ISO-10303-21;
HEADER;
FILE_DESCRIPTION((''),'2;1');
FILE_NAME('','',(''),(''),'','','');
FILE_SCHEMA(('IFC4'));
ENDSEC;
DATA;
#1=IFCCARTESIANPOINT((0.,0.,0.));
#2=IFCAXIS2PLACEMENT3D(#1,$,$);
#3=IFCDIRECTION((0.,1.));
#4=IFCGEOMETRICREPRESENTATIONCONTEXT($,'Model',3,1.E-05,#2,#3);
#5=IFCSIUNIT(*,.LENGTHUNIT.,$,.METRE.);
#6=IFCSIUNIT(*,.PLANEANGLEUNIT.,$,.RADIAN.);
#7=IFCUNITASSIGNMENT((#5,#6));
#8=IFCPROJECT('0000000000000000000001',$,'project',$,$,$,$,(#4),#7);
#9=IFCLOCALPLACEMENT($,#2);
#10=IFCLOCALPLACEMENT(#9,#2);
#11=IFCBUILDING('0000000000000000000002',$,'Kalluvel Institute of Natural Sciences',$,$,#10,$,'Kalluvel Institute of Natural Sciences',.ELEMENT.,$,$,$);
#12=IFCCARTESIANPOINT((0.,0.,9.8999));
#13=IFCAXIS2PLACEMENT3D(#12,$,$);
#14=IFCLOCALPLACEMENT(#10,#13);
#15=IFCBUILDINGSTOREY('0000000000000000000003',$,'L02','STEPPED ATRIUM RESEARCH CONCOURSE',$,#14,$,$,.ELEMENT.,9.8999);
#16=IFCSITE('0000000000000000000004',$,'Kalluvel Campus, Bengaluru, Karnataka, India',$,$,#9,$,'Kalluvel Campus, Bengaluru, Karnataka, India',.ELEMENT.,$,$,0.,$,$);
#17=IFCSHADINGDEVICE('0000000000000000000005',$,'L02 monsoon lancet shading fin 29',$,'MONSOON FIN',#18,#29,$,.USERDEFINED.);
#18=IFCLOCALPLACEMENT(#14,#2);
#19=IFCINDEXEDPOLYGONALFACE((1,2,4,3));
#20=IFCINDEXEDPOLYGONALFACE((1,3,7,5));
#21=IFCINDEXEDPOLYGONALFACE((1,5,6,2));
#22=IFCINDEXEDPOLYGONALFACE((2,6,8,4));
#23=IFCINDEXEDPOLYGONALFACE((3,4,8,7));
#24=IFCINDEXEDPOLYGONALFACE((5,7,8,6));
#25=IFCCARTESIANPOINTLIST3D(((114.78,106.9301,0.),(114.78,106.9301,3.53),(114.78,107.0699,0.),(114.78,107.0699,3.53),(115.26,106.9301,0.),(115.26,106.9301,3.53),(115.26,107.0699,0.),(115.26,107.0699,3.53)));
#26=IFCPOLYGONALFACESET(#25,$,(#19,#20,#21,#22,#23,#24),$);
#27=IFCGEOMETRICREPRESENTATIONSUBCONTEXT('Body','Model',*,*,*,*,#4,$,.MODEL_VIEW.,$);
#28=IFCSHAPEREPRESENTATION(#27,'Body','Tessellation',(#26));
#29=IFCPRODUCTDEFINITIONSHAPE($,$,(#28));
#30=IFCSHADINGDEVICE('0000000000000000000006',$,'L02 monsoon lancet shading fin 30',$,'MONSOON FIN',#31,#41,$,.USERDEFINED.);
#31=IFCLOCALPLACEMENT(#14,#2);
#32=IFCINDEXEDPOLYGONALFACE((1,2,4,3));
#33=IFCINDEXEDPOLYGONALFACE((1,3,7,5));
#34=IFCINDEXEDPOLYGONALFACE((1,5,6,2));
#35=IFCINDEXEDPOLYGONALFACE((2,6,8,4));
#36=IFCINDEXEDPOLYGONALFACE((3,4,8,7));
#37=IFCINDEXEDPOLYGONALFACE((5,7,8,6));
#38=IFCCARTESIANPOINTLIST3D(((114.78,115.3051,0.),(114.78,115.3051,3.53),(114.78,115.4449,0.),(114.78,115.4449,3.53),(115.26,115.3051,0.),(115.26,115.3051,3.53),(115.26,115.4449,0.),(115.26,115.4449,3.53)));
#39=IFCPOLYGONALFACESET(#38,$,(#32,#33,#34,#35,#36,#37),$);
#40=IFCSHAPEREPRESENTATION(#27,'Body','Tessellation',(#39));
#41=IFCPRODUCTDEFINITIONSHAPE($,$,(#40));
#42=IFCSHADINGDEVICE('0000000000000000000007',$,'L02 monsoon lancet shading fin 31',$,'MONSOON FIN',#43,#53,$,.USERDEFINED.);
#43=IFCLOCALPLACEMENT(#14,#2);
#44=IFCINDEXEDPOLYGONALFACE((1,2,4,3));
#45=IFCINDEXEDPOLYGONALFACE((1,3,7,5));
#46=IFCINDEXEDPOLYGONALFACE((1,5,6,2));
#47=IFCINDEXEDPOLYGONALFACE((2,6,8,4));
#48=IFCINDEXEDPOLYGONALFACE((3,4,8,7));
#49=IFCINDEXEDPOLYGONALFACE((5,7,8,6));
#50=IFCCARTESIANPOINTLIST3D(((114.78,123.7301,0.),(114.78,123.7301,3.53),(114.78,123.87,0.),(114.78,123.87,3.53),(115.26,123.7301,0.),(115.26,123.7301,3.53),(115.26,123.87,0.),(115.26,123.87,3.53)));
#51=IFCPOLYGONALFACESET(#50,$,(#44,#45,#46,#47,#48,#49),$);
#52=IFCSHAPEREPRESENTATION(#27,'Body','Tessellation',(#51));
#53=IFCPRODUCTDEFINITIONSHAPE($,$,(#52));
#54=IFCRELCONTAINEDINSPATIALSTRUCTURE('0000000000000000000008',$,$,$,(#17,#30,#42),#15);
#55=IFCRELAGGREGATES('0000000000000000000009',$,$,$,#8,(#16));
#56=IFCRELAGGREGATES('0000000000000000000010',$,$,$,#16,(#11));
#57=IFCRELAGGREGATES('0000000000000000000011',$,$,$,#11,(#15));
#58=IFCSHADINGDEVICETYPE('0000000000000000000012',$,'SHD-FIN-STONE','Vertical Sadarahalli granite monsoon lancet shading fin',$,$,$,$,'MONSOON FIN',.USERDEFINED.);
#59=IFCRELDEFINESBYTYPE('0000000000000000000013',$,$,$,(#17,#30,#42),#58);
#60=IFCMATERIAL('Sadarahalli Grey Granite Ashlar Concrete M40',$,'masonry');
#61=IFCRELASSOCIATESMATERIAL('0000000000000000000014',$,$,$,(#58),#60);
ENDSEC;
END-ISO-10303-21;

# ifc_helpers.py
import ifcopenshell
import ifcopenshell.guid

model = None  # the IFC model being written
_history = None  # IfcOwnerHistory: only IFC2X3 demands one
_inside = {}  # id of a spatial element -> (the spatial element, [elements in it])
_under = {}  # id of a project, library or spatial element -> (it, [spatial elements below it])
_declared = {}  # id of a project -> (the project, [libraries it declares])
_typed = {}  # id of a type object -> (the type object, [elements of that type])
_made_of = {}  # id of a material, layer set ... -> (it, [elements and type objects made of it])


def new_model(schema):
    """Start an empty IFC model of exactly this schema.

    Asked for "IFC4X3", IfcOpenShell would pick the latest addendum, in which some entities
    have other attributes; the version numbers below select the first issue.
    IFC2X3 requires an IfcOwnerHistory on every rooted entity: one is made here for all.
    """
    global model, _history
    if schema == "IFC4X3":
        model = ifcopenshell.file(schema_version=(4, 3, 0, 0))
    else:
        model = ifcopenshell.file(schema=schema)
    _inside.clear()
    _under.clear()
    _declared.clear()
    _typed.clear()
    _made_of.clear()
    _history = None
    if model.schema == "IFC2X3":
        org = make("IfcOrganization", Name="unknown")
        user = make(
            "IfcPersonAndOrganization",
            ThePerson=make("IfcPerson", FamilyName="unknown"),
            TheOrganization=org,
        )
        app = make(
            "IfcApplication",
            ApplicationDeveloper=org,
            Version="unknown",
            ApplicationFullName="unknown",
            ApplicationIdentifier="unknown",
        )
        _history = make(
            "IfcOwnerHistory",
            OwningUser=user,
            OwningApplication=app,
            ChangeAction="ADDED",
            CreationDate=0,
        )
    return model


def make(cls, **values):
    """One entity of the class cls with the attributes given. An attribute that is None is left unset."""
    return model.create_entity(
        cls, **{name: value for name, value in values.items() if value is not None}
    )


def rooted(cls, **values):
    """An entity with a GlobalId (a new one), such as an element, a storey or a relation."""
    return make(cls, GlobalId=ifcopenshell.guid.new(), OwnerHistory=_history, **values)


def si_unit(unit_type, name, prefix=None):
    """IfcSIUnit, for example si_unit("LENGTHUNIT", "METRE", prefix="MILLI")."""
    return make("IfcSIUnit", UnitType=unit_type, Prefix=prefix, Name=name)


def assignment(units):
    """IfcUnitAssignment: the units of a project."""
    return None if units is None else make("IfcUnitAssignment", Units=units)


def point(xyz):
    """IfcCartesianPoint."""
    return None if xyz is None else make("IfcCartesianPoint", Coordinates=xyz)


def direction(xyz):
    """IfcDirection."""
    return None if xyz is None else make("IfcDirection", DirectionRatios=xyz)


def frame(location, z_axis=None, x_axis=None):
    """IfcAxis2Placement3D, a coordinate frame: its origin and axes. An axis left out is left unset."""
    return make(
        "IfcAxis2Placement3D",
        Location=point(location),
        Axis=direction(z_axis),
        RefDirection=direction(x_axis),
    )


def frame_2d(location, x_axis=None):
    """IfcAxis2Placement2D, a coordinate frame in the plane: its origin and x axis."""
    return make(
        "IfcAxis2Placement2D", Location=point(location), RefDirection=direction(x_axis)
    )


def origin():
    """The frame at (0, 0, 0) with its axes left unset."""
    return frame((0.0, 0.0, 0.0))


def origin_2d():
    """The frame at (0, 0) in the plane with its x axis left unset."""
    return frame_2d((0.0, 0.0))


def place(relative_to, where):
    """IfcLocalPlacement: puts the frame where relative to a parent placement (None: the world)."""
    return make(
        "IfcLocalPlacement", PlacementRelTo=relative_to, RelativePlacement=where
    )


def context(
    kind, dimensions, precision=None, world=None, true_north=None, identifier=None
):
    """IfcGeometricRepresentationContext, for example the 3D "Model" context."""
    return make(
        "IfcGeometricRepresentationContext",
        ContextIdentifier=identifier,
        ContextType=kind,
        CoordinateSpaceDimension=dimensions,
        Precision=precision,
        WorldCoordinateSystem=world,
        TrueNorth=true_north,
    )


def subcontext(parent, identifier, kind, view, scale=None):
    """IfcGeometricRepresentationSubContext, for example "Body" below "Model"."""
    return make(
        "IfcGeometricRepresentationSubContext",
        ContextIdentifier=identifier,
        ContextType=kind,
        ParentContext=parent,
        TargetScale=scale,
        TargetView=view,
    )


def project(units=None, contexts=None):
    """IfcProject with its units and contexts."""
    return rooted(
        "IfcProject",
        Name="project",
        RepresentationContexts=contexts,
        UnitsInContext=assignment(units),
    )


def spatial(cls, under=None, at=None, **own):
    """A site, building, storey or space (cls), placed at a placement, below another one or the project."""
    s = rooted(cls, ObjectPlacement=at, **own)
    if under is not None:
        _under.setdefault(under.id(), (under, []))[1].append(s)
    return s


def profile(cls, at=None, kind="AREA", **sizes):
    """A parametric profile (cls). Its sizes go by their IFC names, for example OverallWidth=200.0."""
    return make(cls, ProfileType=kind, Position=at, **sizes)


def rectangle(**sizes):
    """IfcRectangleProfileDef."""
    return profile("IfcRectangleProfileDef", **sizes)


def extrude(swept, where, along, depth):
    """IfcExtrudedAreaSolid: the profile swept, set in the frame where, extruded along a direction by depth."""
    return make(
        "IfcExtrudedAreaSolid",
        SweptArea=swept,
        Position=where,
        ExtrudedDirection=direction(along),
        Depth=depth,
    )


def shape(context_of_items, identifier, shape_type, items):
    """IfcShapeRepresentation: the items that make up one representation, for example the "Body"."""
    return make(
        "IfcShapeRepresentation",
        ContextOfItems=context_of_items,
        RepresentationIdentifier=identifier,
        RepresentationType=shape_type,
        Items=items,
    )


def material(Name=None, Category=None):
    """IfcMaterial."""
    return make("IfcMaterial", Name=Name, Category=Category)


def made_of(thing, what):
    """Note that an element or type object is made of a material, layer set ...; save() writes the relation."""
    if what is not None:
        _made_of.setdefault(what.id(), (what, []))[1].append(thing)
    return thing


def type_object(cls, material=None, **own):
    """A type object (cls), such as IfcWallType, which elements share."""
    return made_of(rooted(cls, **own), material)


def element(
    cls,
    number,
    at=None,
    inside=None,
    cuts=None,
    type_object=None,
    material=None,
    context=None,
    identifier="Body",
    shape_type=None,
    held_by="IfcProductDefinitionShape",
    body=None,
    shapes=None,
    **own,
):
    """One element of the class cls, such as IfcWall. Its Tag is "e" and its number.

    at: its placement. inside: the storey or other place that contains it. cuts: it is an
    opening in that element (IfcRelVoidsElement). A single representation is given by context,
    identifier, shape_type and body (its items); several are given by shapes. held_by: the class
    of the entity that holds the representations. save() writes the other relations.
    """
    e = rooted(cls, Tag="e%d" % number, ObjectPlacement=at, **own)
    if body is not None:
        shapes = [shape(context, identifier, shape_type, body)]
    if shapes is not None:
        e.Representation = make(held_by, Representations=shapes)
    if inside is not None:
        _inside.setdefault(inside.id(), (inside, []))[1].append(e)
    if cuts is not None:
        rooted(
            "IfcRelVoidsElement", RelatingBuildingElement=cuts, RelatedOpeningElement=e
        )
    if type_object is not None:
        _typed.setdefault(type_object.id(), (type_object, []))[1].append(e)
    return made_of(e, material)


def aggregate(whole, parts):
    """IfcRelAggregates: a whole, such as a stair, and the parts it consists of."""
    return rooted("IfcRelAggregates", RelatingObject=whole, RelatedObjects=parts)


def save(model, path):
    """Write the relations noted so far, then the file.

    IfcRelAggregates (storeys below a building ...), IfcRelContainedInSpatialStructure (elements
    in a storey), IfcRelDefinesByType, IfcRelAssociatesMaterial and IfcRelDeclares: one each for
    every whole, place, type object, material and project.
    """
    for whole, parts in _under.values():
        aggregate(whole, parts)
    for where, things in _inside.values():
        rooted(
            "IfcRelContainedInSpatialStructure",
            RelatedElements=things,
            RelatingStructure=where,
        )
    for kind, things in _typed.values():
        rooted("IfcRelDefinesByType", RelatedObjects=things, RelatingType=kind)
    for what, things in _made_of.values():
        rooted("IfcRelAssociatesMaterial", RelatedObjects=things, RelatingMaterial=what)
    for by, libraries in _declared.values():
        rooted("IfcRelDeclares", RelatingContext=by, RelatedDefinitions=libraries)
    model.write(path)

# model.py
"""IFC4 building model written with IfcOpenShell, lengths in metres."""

from ifc_helpers import new_model, si_unit, direction, frame, origin, origin_2d, place, context, subcontext, project, spatial, rectangle, extrude, material, type_object, element, save


model = new_model("IFC4")

# Units and contexts
model_context = context("Model", 3, precision=1e-05, world=origin(), true_north=direction((0.0, 1.0)))
body_context = subcontext(model_context, "Body", "Model", "MODEL_VIEW")
ifc_project = project(units=[si_unit("LENGTHUNIT", "METRE"), si_unit("PLANEANGLEUNIT", "RADIAN")], contexts=[model_context])

# Site, building, storey
site_placement = place(None, origin())
site = spatial("IfcSite", under=ifc_project, at=site_placement, Name="Kalluvel Campus, Bengaluru, Karnataka, India", LongName="Kalluvel Campus, Bengaluru, Karnataka, India", CompositionType="ELEMENT", RefElevation=0.0)
building_placement = place(site_placement, origin())
building = spatial("IfcBuilding", under=site, at=building_placement, Name="Kalluvel Institute of Natural Sciences", LongName="Kalluvel Institute of Natural Sciences", CompositionType="ELEMENT")
storey_placement = place(building_placement, frame((0.0, 0.0, 9.8999)))
storey = spatial("IfcBuildingStorey", under=building, at=storey_placement, Name="L02", Description="STEPPED ATRIUM RESEARCH CONCOURSE", CompositionType="ELEMENT", Elevation=9.8999)

# Shared definitions
ifc_material_1 = material(Name="Sadarahalli Grey Granite Ashlar Concrete M40", Category="masonry")

# Shading devices
shading_device_type = type_object("IfcShadingDeviceType", Name="SHD-FIN-STONE", Description="Vertical Sadarahalli granite monsoon lancet shading fin", ElementType="MONSOON FIN", PredefinedType="USERDEFINED", material=ifc_material_1)
for number, where, z_axis, x_axis, name in (
    (1, (115.02, 107.0, 0.0), (0.0, 0.0, 1.0), (0.0, 1.0, 0.0), "L02 monsoon lancet shading fin 29"),
    (2, (115.02, 115.375, 0.0), (0.0, 0.0, 1.0), (0.0, 1.0, 0.0), "L02 monsoon lancet shading fin 30"),
    (3, (115.02, 123.8, 0.0), (0.0, 0.0, 1.0), (0.0, 1.0, 0.0), "L02 monsoon lancet shading fin 31"),
):
    element("IfcShadingDevice", number, at=place(storey_placement, frame(where, z_axis=z_axis, x_axis=x_axis)), inside=storey, type_object=shading_device_type, Name=name, ObjectType="MONSOON FIN", PredefinedType="USERDEFINED", context=body_context, shape_type="SweptSolid", body=[
        extrude(rectangle(XDim=0.1399, YDim=0.48, at=origin_2d()), origin(), (0.0, 0.0, 1.0), 3.53),
    ])

save(model, "model.ifc")
